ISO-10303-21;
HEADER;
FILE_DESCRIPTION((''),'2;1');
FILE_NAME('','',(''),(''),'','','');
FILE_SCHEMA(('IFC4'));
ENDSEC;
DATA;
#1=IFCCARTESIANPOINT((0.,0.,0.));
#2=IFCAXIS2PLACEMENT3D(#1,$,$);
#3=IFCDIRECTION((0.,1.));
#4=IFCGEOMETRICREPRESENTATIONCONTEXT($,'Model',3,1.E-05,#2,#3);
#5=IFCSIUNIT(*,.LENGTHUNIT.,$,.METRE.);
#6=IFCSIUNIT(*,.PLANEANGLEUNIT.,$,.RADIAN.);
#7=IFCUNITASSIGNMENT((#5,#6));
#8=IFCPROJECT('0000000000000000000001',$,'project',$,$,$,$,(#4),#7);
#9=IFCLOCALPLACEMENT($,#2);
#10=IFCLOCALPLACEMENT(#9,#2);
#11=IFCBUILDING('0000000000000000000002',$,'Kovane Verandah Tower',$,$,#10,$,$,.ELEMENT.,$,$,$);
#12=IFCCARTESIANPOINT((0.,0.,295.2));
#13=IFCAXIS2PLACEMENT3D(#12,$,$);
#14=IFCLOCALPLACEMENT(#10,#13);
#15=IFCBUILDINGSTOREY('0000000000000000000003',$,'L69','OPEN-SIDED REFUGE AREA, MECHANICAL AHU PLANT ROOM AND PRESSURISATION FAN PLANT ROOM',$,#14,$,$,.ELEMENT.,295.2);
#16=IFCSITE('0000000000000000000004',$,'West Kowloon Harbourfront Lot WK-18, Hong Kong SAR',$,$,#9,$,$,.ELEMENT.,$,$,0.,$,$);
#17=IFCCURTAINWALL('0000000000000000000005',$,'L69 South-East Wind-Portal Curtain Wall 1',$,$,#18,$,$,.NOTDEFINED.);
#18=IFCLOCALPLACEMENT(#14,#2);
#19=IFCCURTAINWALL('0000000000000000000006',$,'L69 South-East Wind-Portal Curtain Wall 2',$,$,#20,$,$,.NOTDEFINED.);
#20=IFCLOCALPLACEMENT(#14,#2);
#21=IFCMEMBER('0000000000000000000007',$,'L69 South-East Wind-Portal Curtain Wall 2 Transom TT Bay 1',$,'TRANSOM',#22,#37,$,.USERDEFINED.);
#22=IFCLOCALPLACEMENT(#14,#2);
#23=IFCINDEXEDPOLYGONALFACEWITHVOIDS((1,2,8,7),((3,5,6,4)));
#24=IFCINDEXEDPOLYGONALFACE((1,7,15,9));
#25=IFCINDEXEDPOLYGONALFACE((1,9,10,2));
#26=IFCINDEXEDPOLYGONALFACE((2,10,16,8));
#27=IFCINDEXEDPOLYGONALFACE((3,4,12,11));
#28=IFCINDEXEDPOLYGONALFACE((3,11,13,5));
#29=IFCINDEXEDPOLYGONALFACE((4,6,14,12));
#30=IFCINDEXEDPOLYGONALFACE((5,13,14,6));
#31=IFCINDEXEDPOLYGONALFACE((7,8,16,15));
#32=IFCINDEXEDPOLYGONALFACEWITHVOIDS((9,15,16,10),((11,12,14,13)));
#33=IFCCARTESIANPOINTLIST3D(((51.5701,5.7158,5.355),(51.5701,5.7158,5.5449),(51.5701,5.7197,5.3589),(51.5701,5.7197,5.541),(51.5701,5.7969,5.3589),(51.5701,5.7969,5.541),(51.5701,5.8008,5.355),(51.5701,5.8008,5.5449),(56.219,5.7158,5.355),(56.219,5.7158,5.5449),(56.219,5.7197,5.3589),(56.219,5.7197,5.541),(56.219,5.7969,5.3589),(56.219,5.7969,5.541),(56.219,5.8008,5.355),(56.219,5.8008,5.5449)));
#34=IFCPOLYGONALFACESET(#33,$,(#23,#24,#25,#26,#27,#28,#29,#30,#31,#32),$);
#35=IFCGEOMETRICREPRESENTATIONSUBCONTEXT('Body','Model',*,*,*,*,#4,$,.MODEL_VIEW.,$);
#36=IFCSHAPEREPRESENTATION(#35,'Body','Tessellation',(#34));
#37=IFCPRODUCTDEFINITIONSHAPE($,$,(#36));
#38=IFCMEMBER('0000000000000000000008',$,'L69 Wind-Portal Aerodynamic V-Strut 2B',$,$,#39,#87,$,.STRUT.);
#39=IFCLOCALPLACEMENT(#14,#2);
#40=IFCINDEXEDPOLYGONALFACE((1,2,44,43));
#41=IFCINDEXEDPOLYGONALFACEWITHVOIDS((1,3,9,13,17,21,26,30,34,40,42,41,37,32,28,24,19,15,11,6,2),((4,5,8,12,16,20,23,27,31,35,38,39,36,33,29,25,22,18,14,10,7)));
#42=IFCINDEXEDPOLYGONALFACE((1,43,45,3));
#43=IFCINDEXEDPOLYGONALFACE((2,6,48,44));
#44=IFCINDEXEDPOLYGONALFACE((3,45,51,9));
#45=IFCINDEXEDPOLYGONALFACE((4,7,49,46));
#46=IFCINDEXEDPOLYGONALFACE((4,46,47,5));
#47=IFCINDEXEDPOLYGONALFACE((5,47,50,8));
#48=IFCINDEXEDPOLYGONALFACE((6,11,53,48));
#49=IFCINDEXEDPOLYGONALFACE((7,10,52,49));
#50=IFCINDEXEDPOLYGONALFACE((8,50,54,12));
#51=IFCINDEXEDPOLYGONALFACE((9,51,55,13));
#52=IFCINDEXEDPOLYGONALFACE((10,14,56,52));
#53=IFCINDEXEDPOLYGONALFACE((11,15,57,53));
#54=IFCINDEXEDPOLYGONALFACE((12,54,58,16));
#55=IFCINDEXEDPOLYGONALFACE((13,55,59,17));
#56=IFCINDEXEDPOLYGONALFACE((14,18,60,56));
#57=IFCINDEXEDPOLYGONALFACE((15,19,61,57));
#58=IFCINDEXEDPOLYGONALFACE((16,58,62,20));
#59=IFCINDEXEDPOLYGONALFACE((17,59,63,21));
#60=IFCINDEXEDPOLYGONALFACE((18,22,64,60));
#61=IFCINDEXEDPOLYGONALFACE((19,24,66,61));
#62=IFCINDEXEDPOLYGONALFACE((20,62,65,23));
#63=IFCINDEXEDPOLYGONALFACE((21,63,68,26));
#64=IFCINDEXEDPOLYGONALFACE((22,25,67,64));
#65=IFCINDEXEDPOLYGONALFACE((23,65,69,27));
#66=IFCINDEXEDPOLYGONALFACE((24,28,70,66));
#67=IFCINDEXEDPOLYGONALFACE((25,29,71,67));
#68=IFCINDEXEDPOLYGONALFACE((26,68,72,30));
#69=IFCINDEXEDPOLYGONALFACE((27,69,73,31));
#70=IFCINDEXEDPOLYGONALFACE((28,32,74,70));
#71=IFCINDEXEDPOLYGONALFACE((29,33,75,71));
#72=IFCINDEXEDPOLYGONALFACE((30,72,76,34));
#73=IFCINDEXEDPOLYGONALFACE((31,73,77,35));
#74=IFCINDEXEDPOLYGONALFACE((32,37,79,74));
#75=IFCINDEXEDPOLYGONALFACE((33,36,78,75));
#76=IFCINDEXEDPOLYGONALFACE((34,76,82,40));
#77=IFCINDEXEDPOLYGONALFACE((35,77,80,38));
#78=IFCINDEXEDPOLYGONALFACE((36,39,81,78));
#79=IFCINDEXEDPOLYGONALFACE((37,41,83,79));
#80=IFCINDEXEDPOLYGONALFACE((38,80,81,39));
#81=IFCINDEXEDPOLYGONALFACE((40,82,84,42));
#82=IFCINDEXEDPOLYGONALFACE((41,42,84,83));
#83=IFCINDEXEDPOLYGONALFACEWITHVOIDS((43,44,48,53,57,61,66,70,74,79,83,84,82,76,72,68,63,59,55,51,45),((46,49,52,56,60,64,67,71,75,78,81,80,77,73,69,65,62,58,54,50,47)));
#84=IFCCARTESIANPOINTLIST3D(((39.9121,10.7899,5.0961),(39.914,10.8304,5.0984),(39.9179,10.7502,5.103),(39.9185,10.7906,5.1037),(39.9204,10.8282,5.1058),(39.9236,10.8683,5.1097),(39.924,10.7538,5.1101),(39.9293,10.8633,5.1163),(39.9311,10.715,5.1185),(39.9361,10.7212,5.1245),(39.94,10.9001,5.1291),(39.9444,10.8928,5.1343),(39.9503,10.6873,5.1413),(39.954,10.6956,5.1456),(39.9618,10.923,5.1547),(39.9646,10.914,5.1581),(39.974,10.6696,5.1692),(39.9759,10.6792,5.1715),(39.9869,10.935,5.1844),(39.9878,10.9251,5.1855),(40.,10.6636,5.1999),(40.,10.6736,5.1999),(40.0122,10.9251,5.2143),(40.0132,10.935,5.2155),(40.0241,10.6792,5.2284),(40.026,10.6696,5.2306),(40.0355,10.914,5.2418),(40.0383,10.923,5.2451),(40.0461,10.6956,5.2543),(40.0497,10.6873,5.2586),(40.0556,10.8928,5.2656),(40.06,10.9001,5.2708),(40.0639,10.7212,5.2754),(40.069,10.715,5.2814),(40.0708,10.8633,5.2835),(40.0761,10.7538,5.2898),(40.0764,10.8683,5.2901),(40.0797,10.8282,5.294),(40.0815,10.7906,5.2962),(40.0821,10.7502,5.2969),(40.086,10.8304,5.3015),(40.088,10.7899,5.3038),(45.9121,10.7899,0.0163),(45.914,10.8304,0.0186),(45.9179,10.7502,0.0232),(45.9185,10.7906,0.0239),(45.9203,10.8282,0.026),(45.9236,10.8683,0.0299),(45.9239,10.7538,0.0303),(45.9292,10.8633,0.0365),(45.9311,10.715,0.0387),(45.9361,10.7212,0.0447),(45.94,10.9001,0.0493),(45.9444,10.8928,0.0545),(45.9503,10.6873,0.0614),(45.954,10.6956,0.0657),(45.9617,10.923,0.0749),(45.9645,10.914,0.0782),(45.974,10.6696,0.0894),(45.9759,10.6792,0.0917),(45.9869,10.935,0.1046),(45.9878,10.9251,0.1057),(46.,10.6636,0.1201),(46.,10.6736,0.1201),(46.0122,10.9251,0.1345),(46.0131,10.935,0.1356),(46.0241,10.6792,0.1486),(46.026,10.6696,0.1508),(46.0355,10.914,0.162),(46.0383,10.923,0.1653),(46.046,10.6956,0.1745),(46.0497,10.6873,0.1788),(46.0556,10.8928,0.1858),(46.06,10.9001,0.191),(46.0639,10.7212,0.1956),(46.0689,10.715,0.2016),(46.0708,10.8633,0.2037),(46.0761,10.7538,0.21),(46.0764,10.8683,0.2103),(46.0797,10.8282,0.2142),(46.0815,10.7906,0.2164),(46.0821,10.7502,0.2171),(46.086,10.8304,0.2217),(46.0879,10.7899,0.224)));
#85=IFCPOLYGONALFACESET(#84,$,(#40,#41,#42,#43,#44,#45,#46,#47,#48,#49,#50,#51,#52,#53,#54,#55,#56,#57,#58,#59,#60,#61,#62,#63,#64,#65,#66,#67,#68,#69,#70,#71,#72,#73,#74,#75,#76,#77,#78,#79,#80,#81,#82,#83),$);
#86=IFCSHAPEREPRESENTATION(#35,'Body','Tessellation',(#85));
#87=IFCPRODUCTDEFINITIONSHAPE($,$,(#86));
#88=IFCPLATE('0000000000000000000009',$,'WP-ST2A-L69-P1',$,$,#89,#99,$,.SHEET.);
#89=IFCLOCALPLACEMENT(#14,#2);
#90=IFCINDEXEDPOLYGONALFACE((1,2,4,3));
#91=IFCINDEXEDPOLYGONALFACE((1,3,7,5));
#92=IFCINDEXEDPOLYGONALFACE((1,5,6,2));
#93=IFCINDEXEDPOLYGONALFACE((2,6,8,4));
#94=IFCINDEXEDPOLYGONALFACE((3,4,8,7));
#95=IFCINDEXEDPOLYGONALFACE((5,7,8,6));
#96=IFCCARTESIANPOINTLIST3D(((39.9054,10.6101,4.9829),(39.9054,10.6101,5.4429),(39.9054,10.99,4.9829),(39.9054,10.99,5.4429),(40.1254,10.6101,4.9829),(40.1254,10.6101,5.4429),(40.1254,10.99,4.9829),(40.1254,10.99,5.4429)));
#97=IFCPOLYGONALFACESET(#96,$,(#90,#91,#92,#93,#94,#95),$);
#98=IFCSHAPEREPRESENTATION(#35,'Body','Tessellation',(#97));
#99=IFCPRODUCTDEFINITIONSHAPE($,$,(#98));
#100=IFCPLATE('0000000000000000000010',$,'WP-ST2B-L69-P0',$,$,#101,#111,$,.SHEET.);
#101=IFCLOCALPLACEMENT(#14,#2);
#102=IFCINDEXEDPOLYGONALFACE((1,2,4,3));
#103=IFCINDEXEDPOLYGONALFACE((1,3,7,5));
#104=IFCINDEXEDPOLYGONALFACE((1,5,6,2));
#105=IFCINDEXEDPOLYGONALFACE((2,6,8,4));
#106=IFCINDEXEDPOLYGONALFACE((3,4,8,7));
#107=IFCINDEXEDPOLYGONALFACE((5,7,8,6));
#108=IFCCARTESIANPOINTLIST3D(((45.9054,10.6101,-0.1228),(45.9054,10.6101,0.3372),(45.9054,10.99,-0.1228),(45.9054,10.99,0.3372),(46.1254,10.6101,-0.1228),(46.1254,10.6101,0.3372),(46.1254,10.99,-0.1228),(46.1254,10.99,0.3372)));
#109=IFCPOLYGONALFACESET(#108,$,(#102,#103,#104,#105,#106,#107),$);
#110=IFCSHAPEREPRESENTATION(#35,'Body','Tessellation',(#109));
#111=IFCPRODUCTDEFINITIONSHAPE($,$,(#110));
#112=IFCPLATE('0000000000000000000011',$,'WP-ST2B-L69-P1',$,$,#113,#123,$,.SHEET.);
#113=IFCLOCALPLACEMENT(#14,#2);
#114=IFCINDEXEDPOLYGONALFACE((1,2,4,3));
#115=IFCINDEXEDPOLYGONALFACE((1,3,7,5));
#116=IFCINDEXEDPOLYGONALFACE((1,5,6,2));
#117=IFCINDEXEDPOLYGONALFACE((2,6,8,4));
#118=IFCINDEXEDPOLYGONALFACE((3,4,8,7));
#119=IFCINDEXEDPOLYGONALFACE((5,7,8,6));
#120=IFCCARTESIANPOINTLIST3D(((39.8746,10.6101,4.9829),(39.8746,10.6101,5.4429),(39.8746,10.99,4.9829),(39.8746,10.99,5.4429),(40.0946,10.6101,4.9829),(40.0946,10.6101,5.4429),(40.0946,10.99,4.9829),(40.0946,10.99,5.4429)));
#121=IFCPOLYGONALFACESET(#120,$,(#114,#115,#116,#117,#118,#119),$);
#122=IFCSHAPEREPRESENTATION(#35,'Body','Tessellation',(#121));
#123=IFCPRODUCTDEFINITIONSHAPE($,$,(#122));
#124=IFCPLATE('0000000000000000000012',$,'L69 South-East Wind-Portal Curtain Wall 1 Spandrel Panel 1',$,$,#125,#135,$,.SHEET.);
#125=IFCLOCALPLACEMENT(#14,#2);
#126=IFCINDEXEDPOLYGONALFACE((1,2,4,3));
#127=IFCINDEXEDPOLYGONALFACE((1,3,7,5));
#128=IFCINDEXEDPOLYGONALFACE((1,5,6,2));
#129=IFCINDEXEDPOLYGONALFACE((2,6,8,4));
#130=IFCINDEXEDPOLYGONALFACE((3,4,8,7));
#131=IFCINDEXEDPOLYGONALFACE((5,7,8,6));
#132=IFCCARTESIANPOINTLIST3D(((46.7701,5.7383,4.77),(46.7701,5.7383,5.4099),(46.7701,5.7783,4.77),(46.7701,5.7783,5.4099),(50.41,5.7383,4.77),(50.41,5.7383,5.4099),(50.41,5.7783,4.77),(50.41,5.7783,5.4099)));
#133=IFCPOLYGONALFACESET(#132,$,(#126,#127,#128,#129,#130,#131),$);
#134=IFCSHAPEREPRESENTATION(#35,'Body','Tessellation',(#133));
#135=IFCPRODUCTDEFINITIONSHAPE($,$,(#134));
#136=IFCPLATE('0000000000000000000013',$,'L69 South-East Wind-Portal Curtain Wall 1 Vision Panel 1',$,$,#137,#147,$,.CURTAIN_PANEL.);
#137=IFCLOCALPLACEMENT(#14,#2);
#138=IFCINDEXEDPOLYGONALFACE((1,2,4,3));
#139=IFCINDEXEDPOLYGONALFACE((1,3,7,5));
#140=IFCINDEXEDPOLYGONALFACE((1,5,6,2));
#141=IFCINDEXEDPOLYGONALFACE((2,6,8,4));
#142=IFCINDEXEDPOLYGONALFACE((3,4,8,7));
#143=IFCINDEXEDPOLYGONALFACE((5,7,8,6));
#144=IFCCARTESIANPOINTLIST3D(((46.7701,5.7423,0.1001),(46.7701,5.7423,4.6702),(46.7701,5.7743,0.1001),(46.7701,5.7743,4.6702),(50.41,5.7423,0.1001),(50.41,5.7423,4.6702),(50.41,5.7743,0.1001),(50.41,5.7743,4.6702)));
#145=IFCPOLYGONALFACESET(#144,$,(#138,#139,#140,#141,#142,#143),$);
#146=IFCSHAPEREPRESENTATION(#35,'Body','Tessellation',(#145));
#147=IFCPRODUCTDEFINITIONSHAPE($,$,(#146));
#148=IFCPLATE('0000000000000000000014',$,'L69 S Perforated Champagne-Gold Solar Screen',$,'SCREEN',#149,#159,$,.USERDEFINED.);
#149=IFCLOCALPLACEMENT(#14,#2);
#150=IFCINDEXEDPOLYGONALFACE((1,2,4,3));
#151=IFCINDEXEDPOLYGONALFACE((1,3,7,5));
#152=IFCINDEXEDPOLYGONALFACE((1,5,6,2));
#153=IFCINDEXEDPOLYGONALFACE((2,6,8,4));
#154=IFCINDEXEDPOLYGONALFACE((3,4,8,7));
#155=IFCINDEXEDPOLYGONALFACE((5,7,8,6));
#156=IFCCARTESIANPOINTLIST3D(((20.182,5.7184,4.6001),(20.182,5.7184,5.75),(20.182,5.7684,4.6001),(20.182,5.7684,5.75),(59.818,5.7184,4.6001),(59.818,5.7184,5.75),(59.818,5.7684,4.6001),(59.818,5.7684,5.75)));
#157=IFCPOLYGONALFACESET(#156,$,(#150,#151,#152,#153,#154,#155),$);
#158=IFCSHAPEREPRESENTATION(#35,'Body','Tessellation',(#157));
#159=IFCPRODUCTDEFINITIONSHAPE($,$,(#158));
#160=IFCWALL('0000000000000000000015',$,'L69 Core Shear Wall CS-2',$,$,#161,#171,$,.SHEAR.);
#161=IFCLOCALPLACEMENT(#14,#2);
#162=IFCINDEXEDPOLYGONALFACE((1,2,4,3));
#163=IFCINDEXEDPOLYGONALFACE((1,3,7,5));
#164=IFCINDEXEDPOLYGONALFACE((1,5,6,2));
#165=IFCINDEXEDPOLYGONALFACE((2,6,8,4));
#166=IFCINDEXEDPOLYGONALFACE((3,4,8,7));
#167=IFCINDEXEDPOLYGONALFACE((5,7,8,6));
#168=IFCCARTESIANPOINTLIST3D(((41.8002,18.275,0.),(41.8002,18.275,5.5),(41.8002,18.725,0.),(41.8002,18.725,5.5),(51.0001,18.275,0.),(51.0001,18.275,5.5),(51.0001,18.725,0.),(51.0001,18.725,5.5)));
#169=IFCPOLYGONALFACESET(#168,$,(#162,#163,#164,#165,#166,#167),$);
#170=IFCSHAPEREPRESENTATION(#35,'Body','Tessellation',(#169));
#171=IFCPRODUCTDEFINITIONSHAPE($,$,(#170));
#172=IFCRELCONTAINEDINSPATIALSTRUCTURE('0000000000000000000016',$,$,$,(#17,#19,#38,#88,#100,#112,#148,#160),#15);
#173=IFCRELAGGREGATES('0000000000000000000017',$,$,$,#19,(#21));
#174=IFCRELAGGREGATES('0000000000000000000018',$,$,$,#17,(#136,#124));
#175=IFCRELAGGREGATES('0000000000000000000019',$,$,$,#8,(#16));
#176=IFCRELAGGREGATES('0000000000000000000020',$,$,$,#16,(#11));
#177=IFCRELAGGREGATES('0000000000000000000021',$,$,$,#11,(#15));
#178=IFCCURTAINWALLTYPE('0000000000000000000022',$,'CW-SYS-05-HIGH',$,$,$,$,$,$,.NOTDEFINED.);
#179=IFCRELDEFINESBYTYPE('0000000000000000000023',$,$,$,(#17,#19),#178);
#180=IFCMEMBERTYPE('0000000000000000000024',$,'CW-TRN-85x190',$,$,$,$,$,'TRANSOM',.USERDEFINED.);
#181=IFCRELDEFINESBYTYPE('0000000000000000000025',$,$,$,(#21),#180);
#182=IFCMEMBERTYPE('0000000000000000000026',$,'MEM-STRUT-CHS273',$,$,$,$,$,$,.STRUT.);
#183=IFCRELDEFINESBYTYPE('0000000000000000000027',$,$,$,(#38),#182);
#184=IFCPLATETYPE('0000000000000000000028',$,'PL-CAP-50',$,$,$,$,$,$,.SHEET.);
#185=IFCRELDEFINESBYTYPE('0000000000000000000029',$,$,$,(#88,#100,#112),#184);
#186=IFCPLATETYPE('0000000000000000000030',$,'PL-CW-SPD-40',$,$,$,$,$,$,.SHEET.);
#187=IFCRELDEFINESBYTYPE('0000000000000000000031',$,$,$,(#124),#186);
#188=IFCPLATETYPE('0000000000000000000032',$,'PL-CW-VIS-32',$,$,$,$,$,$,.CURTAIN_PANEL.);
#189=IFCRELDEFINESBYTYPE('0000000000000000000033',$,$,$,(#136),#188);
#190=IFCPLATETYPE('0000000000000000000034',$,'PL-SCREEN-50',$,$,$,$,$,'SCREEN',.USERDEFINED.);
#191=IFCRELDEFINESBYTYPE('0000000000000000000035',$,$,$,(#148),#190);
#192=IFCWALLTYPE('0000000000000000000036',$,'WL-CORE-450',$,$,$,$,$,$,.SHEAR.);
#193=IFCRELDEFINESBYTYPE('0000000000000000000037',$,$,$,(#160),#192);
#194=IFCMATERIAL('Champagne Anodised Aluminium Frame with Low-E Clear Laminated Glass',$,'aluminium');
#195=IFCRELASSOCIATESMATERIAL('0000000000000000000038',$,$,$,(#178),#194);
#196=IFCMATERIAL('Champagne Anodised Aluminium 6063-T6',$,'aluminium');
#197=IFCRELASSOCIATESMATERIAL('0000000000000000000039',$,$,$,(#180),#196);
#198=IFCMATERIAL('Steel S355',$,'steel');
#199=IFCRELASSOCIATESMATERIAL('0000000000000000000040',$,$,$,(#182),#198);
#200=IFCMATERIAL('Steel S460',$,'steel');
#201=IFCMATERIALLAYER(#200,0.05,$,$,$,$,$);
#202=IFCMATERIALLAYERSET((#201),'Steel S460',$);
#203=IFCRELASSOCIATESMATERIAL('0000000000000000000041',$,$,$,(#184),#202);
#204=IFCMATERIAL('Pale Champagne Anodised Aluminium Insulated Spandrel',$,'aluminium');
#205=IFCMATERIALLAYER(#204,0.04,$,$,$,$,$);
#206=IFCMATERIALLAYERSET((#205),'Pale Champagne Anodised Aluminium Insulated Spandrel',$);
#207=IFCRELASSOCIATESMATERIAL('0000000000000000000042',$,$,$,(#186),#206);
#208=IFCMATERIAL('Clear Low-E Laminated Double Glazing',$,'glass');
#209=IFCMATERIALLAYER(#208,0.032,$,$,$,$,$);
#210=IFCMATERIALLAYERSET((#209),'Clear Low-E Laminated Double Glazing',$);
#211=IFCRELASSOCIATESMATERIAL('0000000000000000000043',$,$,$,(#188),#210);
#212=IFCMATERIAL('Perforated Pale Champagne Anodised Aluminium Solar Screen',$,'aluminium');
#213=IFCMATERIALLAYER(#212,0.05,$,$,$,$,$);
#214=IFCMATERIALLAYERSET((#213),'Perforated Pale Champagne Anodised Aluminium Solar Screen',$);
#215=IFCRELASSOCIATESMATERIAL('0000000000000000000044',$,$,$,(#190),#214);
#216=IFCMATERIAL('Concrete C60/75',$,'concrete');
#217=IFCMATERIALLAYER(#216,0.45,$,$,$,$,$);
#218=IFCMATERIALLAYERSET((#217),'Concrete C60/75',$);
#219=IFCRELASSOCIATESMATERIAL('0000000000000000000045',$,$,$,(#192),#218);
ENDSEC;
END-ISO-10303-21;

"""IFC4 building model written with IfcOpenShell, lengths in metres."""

from ifc_helpers import new_model, si_unit, direction, frame, frame_2d, origin, origin_2d, place, context, subcontext, project, spatial, rectangle, hollow_rectangle, hollow_circle, extrude, material, layer, layer_set, material_profile, profile_set, type_object, element, aggregate, save


model = new_model("IFC4")

# Units and contexts
model_context = context("Model", 3, precision=1e-05, world=origin(), true_north=direction((0.0, 1.0)))
body_context = subcontext(model_context, "Body", "Model", "MODEL_VIEW")
ifc_project = project(units=[si_unit("LENGTHUNIT", "METRE"), si_unit("PLANEANGLEUNIT", "RADIAN")], contexts=[model_context])

# Site, building, storey
site_placement = place(None, origin())
site = spatial("IfcSite", under=ifc_project, at=site_placement, Name="West Kowloon Harbourfront Lot WK-18, Hong Kong SAR", CompositionType="ELEMENT", RefElevation=0.0)
building_placement = place(site_placement, origin())
building = spatial("IfcBuilding", under=site, at=building_placement, Name="Kovane Verandah Tower", CompositionType="ELEMENT")
storey_placement = place(building_placement, frame((0.0, 0.0, 295.2)))
storey = spatial("IfcBuildingStorey", under=building, at=storey_placement, Name="L69", Description="OPEN-SIDED REFUGE AREA, MECHANICAL AHU PLANT ROOM AND PRESSURISATION FAN PLANT ROOM", CompositionType="ELEMENT", Elevation=295.2)

# Shared definitions
ifc_material_1 = material(Name="Concrete C60/75", Category="concrete")
ifc_material_2 = material(Name="Steel S460", Category="steel")

# Curtain wall
ifc_material_3 = material(Name="Champagne Anodised Aluminium Frame with Low-E Clear Laminated Glass", Category="aluminium")
curtain_wall_type = type_object("IfcCurtainWallType", Name="CW-SYS-05-HIGH", PredefinedType="NOTDEFINED", material=ifc_material_3)
curtain_wall_1_placement = place(storey_placement, origin())
curtain_wall_1 = element("IfcCurtainWall", 1, at=curtain_wall_1_placement, inside=storey, type_object=curtain_wall_type, Name="L69 South-East Wind-Portal Curtain Wall 1", PredefinedType="NOTDEFINED")
ifc_material_4 = material(Name="Champagne Anodised Aluminium 6063-T6", Category="aluminium")

# Curtain wall
curtain_wall_2_placement = place(storey_placement, origin())
curtain_wall_2 = element("IfcCurtainWall", 2, at=curtain_wall_2_placement, inside=storey, type_object=curtain_wall_type, Name="L69 South-East Wind-Portal Curtain Wall 2", PredefinedType="NOTDEFINED")

# Members
ifc_material_profile_1 = material_profile(ifc_material_4, hollow_rectangle(XDim=0.085, YDim=0.1899, WallThickness=0.0039, at=origin_2d()), Name="AL85x190x4")
ifc_profile_set_1 = profile_set([ifc_material_profile_1], Name="Champagne Anodised Aluminium 6063-T6")
member_type_1 = type_object("IfcMemberType", Name="CW-TRN-85x190", ElementType="TRANSOM", PredefinedType="USERDEFINED", material=ifc_profile_set_1)
member_1_placement = place(storey_placement, frame((51.5701, 5.7583, 5.45), z_axis=(1.0, 0.0, 0.0), x_axis=(0.0, 1.0, 0.0)))
member_1 = element("IfcMember", 3, at=member_1_placement, type_object=member_type_1, Name="L69 South-East Wind-Portal Curtain Wall 2 Transom TT Bay 1", ObjectType="TRANSOM", PredefinedType="USERDEFINED", context=body_context, shape_type="SweptSolid", body=[
    extrude(hollow_rectangle(XDim=0.085, YDim=0.1899, WallThickness=0.0039, at=origin_2d()), origin(), (0.0, 0.0, 1.0), 4.6489),
])
aggregate(curtain_wall_2, [member_1])
ifc_material_5 = material(Name="Steel S355", Category="steel")
ifc_material_profile_2 = material_profile(ifc_material_5, hollow_circle(Radius=0.1365, WallThickness=0.01, at=origin_2d()), Name="CHS273x10")
ifc_profile_set_2 = profile_set([ifc_material_profile_2], Name="Steel S355")
member_type_2 = type_object("IfcMemberType", Name="MEM-STRUT-CHS273", PredefinedType="STRUT", material=ifc_profile_set_2)
member_2_placement = place(storey_placement, frame((46.0, 10.8, 0.1201), z_axis=(-0.763204, 0.0, 0.646158), x_axis=(0.0, -1.0, 0.0)))
element("IfcMember", 4, at=member_2_placement, inside=storey, type_object=member_type_2, Name="L69 Wind-Portal Aerodynamic V-Strut 2B", PredefinedType="STRUT", context=body_context, shape_type="SweptSolid", body=[
    extrude(hollow_circle(Radius=0.1365, WallThickness=0.01, at=origin_2d()), origin(), (0.0, 0.0, 1.0), 7.8616),
])

# Plates
ifc_layer_1 = layer(ifc_material_2, 0.05)
ifc_layer_set_1 = layer_set([ifc_layer_1], Name="Steel S460")
plate_type_1 = type_object("IfcPlateType", Name="PL-CAP-50", PredefinedType="SHEET", material=ifc_layer_set_1)
for number, where, z_axis, x_axis, name in (
    (5, (40.0154, 10.8, 4.9829), (0.0, 0.0, 1.0), (1.0, 0.0, 0.0), "WP-ST2A-L69-P1"),
    (6, (46.0154, 10.8, -0.1228), (0.0, 0.0, 1.0), (-1.0, 0.0, 0.0), "WP-ST2B-L69-P0"),
    (7, (39.9846, 10.8, 4.9829), (0.0, 0.0, 1.0), (-1.0, 0.0, 0.0), "WP-ST2B-L69-P1"),
):
    element("IfcPlate", number, at=place(storey_placement, frame(where, z_axis=z_axis, x_axis=x_axis)), inside=storey, type_object=plate_type_1, Name=name, PredefinedType="SHEET", context=body_context, shape_type="SweptSolid", body=[
        extrude(rectangle(XDim=0.22, YDim=0.3799, at=origin_2d()), origin(), (0.0, 0.0, 1.0), 0.46),
    ])

# Plates
ifc_material_6 = material(Name="Pale Champagne Anodised Aluminium Insulated Spandrel", Category="aluminium")
ifc_layer_2 = layer(ifc_material_6, 0.04)
ifc_layer_set_2 = layer_set([ifc_layer_2], Name="Pale Champagne Anodised Aluminium Insulated Spandrel")
plate_type_2 = type_object("IfcPlateType", Name="PL-CW-SPD-40", PredefinedType="SHEET", material=ifc_layer_set_2)
plate_1_placement = place(storey_placement, frame((48.5901, 5.7583, 4.77), z_axis=(0.0, 0.0, 1.0), x_axis=(1.0, 0.0, 0.0)))
plate_1 = element("IfcPlate", 8, at=plate_1_placement, type_object=plate_type_2, Name="L69 South-East Wind-Portal Curtain Wall 1 Spandrel Panel 1", PredefinedType="SHEET", context=body_context, shape_type="SweptSolid", body=[
    extrude(rectangle(XDim=3.6399, YDim=0.04, at=origin_2d()), origin(), (0.0, 0.0, 1.0), 0.6399),
])
ifc_material_7 = material(Name="Clear Low-E Laminated Double Glazing", Category="glass")
ifc_layer_3 = layer(ifc_material_7, 0.032)
ifc_layer_set_3 = layer_set([ifc_layer_3], Name="Clear Low-E Laminated Double Glazing")
plate_type_3 = type_object("IfcPlateType", Name="PL-CW-VIS-32", PredefinedType="CURTAIN_PANEL", material=ifc_layer_set_3)
plate_2_placement = place(storey_placement, frame((48.5901, 5.7583, 0.1001), z_axis=(0.0, 0.0, 1.0), x_axis=(1.0, 0.0, 0.0)))
plate_2 = element("IfcPlate", 9, at=plate_2_placement, type_object=plate_type_3, Name="L69 South-East Wind-Portal Curtain Wall 1 Vision Panel 1", PredefinedType="CURTAIN_PANEL", context=body_context, shape_type="SweptSolid", body=[
    extrude(rectangle(XDim=3.6399, YDim=0.032, at=origin_2d()), origin(), (0.0, 0.0, 1.0), 4.5701),
])
aggregate(curtain_wall_1, [plate_2, plate_1])
ifc_material_8 = material(Name="Perforated Pale Champagne Anodised Aluminium Solar Screen", Category="aluminium")
ifc_layer_4 = layer(ifc_material_8, 0.05)
ifc_layer_set_4 = layer_set([ifc_layer_4], Name="Perforated Pale Champagne Anodised Aluminium Solar Screen")
plate_type_4 = type_object("IfcPlateType", Name="PL-SCREEN-50", ElementType="SCREEN", PredefinedType="USERDEFINED", material=ifc_layer_set_4)
plate_3_placement = place(storey_placement, frame((40.0, 5.7434, 4.6001), z_axis=(0.0, 0.0, 1.0), x_axis=(1.0, 0.0, 0.0)))
element("IfcPlate", 10, at=plate_3_placement, inside=storey, type_object=plate_type_4, Name="L69 S Perforated Champagne-Gold Solar Screen", ObjectType="SCREEN", PredefinedType="USERDEFINED", context=body_context, shape_type="SweptSolid", body=[
    extrude(rectangle(XDim=39.636, YDim=0.05, at=origin_2d()), origin(), (0.0, 0.0, 1.0), 1.1499),
])

# Wall
ifc_layer_5 = layer(ifc_material_1, 0.45)
ifc_layer_set_5 = layer_set([ifc_layer_5], Name="Concrete C60/75")
wall_type = type_object("IfcWallType", Name="WL-CORE-450", PredefinedType="SHEAR", material=ifc_layer_set_5)
wall_placement = place(storey_placement, frame((41.8, 18.5, 0.0), z_axis=(0.0, 0.0, 1.0), x_axis=(1.0, 0.0, 0.0)))
element("IfcWall", 11, at=wall_placement, inside=storey, type_object=wall_type, Name="L69 Core Shear Wall CS-2", PredefinedType="SHEAR", context=body_context, shape_type="SweptSolid", body=[
    extrude(rectangle(XDim=9.2, YDim=0.45, at=frame_2d((4.6001, 0.0))), origin(), (0.0, 0.0, 1.0), 5.5),
])

save(model, "model.ifc")
